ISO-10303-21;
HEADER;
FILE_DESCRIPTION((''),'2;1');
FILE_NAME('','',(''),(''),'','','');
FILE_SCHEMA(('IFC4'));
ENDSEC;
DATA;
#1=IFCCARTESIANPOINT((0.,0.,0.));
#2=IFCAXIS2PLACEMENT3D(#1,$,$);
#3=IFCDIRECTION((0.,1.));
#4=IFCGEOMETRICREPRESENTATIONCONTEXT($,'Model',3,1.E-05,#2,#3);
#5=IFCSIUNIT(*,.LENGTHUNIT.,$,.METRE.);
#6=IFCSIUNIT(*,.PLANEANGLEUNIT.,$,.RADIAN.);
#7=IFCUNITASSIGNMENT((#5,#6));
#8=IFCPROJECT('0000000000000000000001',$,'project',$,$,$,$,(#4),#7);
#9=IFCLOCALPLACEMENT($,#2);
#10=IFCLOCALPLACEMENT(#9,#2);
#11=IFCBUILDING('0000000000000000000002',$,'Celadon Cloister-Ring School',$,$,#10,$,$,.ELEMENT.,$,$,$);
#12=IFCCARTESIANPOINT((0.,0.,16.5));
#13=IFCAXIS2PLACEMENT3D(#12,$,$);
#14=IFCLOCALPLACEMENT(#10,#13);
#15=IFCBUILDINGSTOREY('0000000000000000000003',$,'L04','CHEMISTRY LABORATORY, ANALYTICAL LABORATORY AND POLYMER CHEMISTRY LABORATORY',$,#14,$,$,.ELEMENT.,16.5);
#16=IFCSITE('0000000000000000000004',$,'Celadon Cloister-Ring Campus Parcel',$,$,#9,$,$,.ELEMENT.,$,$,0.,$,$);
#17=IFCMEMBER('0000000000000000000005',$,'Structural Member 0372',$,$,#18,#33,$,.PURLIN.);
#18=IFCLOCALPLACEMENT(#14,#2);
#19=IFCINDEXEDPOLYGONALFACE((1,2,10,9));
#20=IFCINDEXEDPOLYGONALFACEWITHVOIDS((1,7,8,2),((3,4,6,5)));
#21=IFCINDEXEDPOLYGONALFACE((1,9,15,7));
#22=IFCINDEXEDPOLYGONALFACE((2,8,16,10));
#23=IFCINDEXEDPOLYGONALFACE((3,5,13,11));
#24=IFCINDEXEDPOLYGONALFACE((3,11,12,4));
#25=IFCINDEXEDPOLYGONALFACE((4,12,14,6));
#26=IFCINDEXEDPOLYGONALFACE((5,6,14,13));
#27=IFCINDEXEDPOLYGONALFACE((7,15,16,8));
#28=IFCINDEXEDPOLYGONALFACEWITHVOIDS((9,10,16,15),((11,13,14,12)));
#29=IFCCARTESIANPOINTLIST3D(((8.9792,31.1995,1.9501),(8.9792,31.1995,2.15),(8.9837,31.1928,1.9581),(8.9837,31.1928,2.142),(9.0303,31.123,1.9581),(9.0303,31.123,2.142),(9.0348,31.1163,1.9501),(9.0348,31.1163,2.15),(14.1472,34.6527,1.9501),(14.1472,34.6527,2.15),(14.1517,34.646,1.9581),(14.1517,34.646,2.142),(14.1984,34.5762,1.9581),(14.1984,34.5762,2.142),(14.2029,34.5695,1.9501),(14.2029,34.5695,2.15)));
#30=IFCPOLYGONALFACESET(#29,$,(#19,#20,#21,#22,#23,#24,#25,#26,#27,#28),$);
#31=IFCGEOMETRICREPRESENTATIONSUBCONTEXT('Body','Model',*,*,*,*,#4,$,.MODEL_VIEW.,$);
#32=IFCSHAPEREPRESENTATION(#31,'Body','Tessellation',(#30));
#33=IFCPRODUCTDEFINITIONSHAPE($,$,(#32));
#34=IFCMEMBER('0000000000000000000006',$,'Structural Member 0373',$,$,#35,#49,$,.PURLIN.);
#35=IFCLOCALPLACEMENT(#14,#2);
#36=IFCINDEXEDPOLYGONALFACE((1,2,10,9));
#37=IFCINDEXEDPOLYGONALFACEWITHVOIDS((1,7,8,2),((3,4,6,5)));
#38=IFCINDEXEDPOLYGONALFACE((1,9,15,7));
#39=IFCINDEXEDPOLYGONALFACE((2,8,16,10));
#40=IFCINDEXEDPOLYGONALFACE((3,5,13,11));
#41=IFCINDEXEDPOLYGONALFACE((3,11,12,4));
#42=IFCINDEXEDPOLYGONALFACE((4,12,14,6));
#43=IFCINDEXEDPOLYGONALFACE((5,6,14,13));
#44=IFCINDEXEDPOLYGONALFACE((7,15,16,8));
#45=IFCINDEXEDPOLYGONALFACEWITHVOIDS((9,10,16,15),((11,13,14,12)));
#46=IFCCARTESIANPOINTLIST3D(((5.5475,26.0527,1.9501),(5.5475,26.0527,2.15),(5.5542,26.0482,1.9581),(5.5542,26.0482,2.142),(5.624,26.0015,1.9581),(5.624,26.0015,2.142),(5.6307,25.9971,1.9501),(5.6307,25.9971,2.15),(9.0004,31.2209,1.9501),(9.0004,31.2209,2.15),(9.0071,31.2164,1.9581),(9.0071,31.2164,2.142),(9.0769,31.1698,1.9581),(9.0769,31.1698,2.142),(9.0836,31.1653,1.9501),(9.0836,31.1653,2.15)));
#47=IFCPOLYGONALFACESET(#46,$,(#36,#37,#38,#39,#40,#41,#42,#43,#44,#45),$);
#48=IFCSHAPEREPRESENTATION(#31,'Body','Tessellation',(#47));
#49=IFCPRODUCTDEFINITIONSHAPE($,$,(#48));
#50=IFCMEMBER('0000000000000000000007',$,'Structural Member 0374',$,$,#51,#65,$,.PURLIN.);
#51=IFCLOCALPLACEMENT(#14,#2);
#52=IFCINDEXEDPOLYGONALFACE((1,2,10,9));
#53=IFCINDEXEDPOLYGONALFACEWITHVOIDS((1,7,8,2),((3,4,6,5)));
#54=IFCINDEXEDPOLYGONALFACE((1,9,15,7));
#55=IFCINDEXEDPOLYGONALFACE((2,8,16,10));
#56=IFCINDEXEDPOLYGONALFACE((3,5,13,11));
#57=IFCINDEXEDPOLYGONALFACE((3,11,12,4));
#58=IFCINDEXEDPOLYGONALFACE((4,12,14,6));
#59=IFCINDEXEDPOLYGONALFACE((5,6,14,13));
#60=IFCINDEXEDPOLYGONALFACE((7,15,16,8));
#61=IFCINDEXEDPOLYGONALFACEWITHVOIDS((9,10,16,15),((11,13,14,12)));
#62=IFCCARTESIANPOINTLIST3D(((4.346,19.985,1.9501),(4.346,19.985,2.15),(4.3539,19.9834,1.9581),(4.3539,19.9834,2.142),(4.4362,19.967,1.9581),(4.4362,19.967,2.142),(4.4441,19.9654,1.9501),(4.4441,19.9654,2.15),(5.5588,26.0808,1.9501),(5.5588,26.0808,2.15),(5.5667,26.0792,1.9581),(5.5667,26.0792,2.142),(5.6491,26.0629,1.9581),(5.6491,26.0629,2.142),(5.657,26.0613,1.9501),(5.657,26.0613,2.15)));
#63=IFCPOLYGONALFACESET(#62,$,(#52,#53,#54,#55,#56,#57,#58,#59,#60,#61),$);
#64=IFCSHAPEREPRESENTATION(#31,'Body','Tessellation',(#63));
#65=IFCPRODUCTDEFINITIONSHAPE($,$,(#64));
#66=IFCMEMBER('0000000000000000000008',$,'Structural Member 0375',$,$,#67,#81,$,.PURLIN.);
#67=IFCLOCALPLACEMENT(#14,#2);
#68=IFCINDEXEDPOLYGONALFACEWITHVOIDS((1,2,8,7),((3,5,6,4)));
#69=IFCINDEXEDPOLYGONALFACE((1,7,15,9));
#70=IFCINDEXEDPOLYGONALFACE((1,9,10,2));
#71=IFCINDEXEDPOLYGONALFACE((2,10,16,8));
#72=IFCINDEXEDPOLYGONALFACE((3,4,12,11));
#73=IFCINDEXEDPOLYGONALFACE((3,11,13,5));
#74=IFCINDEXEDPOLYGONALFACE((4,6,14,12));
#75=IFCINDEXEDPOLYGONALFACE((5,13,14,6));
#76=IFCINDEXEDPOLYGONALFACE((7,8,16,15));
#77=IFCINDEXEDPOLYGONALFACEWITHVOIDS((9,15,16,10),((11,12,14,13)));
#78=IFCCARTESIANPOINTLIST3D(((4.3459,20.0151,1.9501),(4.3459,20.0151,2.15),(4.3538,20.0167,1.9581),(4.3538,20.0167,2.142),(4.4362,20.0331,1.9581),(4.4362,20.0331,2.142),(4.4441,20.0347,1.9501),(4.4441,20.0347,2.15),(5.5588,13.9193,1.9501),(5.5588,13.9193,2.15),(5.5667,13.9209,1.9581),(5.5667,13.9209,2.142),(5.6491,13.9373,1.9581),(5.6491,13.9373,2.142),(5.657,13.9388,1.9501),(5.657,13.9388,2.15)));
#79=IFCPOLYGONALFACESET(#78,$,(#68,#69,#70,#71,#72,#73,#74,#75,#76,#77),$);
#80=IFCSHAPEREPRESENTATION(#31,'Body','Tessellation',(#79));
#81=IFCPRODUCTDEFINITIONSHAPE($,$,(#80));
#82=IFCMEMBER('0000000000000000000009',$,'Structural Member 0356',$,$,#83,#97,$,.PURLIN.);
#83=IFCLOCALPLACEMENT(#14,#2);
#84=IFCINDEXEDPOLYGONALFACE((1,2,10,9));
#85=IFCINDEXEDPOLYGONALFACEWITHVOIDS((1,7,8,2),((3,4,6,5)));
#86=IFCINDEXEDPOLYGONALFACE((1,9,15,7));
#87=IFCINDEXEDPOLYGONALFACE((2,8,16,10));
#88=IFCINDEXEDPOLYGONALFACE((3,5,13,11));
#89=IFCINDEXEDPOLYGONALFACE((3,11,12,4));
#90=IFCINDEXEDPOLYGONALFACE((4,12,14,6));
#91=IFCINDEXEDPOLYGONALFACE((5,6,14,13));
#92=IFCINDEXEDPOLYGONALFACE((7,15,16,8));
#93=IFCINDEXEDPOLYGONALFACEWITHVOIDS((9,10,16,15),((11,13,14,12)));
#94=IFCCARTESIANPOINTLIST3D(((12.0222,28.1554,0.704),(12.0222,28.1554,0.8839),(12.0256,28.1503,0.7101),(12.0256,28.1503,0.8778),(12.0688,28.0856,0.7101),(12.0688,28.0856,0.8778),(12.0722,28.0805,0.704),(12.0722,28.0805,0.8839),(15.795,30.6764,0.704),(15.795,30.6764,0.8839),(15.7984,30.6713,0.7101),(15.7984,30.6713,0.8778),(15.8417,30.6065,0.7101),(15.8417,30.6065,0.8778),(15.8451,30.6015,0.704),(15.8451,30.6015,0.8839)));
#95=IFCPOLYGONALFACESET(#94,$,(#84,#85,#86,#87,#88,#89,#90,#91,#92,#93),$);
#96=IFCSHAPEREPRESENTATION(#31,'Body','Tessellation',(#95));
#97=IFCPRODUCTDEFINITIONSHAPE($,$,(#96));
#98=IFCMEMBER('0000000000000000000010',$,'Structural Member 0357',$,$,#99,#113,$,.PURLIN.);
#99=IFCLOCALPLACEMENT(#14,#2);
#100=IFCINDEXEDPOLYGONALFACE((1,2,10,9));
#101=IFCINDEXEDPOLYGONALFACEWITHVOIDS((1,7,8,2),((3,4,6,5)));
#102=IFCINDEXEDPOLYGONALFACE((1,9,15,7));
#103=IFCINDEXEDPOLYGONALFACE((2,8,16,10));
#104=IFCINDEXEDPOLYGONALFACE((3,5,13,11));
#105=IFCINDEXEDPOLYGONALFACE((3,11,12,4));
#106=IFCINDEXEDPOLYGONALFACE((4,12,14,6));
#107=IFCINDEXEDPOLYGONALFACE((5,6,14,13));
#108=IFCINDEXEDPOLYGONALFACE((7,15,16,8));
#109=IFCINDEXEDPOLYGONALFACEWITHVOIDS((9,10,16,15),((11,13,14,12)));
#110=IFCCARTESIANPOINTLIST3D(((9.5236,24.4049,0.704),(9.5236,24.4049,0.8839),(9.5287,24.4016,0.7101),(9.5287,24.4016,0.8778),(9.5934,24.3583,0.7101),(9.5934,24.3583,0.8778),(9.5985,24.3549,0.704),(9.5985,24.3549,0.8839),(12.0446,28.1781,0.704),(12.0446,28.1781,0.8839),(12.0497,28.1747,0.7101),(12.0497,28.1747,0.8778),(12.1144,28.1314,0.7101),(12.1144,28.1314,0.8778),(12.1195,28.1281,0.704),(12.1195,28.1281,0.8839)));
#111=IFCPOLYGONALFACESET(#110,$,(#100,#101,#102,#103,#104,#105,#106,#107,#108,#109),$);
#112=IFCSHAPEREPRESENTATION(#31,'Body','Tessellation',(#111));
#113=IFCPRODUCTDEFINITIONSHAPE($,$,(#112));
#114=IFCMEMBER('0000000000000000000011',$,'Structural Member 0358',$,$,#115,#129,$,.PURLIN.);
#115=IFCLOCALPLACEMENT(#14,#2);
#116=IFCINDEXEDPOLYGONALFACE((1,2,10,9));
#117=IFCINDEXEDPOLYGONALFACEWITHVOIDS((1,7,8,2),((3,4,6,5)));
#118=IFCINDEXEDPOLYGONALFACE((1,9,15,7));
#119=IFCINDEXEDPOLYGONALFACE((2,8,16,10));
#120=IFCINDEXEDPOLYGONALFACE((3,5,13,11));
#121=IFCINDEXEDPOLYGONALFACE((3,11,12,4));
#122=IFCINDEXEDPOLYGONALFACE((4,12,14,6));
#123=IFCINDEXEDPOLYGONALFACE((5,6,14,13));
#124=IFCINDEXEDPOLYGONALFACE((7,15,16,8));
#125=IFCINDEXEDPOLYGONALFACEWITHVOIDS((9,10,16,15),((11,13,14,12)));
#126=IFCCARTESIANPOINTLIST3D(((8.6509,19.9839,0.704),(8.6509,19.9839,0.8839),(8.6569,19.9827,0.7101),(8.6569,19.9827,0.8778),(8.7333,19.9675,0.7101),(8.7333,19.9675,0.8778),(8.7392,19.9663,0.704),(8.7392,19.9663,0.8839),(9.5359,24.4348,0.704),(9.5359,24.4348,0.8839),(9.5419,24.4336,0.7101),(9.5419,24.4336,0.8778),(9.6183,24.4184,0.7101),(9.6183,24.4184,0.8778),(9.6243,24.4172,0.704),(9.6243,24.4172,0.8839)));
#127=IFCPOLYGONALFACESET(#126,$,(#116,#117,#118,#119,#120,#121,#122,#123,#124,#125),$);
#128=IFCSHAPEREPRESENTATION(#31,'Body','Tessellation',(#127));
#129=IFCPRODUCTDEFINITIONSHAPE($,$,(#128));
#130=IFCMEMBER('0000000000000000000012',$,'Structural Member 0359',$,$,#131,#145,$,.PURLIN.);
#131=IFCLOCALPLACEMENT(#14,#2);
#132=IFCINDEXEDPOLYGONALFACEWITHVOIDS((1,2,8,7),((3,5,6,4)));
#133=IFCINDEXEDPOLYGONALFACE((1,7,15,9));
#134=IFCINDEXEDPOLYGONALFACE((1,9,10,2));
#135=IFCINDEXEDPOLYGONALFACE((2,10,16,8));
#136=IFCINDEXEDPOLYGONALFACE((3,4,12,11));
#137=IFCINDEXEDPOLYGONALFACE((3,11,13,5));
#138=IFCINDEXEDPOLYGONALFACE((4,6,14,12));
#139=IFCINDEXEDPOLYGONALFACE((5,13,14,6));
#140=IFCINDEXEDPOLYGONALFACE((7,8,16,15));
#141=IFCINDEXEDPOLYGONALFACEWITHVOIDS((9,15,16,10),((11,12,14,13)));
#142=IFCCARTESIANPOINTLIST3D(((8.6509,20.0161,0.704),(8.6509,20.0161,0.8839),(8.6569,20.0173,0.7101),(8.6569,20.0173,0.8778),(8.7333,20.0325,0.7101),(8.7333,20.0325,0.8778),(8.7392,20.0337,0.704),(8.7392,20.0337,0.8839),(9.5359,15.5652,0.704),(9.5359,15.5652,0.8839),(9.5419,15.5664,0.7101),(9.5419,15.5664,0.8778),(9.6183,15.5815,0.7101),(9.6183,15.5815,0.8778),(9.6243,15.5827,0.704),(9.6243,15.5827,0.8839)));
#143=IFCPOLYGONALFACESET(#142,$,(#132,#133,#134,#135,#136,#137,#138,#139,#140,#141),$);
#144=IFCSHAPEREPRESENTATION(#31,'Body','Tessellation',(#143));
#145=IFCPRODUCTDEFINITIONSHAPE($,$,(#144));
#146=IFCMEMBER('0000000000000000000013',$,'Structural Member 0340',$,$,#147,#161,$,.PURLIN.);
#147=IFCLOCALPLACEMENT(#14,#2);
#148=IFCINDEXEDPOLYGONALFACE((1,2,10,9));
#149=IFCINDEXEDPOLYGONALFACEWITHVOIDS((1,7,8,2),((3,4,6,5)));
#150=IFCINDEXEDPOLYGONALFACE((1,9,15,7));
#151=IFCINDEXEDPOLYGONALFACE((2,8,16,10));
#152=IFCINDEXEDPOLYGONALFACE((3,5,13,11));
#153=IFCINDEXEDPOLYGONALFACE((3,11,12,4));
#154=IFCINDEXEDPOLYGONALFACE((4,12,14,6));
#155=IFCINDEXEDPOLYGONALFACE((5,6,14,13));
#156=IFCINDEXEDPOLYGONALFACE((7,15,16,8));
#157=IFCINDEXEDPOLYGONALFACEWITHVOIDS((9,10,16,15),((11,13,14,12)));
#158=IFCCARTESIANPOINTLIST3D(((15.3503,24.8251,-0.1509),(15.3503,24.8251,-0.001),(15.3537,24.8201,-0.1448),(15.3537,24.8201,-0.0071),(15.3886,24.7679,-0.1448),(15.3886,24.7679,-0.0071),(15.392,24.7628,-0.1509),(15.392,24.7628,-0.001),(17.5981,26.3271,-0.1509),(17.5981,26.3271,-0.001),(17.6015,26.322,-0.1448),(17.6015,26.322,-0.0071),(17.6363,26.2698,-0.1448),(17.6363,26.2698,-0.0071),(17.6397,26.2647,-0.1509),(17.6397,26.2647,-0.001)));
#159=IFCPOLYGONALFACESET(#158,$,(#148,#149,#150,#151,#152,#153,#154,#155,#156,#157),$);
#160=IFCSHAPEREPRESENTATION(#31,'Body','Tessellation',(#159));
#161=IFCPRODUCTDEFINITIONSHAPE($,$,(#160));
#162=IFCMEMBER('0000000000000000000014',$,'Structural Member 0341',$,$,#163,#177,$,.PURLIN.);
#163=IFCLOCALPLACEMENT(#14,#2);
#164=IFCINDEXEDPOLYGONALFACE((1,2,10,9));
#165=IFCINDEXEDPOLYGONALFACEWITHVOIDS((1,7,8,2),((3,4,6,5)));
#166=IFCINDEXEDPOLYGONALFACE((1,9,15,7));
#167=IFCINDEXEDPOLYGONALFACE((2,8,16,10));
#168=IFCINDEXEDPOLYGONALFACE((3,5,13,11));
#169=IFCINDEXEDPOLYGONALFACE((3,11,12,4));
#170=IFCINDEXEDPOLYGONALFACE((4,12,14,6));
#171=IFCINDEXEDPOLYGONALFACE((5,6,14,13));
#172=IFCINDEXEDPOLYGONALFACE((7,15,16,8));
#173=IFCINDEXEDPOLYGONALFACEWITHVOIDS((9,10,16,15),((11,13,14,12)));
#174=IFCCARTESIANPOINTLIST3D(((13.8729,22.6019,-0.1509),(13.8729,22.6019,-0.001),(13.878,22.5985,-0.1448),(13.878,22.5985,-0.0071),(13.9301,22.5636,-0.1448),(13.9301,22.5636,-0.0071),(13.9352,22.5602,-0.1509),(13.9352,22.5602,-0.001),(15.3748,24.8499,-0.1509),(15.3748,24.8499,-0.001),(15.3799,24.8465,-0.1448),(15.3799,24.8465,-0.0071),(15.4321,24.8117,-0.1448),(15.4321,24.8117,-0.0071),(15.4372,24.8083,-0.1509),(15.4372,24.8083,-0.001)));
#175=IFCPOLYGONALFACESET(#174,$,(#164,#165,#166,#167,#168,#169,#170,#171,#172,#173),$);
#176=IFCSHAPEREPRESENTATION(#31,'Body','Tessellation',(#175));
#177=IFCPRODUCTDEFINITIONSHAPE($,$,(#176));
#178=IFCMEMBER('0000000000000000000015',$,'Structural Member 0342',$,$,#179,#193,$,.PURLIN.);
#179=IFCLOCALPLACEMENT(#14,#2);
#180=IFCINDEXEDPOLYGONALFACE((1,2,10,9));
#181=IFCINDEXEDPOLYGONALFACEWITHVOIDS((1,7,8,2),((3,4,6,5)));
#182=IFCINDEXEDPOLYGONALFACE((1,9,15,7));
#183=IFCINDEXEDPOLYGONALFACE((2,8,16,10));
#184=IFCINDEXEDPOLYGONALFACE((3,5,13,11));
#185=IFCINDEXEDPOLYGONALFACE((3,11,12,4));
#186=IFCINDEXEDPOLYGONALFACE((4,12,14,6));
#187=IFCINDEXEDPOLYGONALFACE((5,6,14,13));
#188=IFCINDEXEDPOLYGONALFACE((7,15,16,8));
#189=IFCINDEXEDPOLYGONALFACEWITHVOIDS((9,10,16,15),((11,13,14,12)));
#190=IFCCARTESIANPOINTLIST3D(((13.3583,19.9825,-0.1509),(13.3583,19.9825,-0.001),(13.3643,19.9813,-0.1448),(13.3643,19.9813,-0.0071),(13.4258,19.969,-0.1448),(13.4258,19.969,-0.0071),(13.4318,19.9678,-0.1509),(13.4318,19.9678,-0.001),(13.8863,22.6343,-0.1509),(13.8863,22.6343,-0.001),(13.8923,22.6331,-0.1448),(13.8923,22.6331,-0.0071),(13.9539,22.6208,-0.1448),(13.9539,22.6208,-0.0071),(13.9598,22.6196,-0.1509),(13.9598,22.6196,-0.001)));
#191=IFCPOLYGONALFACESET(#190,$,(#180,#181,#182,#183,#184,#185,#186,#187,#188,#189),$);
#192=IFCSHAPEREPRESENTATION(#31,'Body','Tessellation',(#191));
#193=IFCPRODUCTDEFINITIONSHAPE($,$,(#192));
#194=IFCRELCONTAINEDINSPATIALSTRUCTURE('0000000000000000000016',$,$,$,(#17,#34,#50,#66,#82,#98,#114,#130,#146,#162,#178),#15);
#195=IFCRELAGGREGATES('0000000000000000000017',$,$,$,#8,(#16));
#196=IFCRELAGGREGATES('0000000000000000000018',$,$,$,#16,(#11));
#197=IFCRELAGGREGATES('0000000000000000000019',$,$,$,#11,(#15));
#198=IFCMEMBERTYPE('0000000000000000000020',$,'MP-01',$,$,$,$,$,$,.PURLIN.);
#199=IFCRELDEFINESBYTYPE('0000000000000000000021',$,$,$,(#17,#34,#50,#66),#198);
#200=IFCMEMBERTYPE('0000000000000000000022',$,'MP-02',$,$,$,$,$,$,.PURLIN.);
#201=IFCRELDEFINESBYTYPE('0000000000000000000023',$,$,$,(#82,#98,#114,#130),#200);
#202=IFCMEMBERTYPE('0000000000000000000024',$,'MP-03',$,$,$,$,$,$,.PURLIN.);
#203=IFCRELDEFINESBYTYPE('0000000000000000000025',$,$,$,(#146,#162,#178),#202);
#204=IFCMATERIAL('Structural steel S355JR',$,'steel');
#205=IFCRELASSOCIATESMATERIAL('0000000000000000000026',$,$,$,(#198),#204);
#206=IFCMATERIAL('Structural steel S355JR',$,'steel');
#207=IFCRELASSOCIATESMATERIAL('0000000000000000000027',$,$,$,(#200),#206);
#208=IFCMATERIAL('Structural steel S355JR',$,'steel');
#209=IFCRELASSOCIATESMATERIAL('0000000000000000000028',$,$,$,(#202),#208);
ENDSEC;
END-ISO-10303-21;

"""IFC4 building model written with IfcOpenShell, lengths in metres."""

from ifc_helpers import new_model, si_unit, direction, frame, origin, origin_2d, place, context, subcontext, project, spatial, hollow_rectangle, extrude, material, material_profile, profile_set, type_object, element, save


model = new_model("IFC4")

# Units and contexts
model_context = context("Model", 3, precision=1e-05, world=origin(), true_north=direction((0.0, 1.0)))
body_context = subcontext(model_context, "Body", "Model", "MODEL_VIEW")
ifc_project = project(units=[si_unit("LENGTHUNIT", "METRE"), si_unit("PLANEANGLEUNIT", "RADIAN")], contexts=[model_context])

# Site, building, storey
site_placement = place(None, origin())
site = spatial("IfcSite", under=ifc_project, at=site_placement, Name="Celadon Cloister-Ring Campus Parcel", CompositionType="ELEMENT", RefElevation=0.0)
building_placement = place(site_placement, origin())
building = spatial("IfcBuilding", under=site, at=building_placement, Name="Celadon Cloister-Ring School", CompositionType="ELEMENT")
storey_placement = place(building_placement, frame((0.0, 0.0, 16.5)))
storey = spatial("IfcBuildingStorey", under=building, at=storey_placement, Name="L04", Description="CHEMISTRY LABORATORY, ANALYTICAL LABORATORY AND POLYMER CHEMISTRY LABORATORY", CompositionType="ELEMENT", Elevation=16.5)

# Members
ifc_material_1 = material(Name="Structural steel S355JR", Category="steel")
ifc_material_profile_1 = material_profile(ifc_material_1, hollow_rectangle(XDim=0.1001, YDim=0.2, WallThickness=0.0081, at=origin_2d()), Name="HSS200X100X8")
ifc_profile_set_1 = profile_set([ifc_material_profile_1], Name="Structural steel S355JR")
member_type_1 = type_object("IfcMemberType", Name="MP-01", PredefinedType="PURLIN", material=ifc_profile_set_1)
for number, where, z_axis, x_axis, name in (
    (1, (14.175, 34.6111, 2.05), (-0.83147, -0.55557, 0.0), (0.55557, -0.83147, 0.0), "Structural Member 0372"),
    (2, (9.042, 31.1931, 2.05), (-0.555525, -0.8315, 0.0), (0.8315, -0.555525, 0.0), "Structural Member 0373"),
):
    element("IfcMember", number, at=place(storey_placement, frame(where, z_axis=z_axis, x_axis=x_axis)), inside=storey, type_object=member_type_1, Name=name, PredefinedType="PURLIN", context=body_context, shape_type="SweptSolid", body=[
        extrude(hollow_rectangle(XDim=0.1001, YDim=0.2, WallThickness=0.0081, at=origin_2d()), origin(), (0.0, 0.0, 1.0), 6.2156),
    ])
for number, where, z_axis, x_axis, name in (
    (3, (5.6079, 26.071, 2.05), (-0.195142, -0.980775, 0.0), (0.980775, -0.195142, 0.0), "Structural Member 0374"),
    (4, (4.395, 20.0249, 2.05), (0.195142, -0.980775, 0.0), (0.980775, 0.195142, 0.0), "Structural Member 0375"),
):
    element("IfcMember", number, at=place(storey_placement, frame(where, z_axis=z_axis, x_axis=x_axis)), inside=storey, type_object=member_type_1, Name=name, PredefinedType="PURLIN", context=body_context, shape_type="SweptSolid", body=[
        extrude(hollow_rectangle(XDim=0.1001, YDim=0.2, WallThickness=0.0081, at=origin_2d()), origin(), (0.0, 0.0, 1.0), 6.2153),
    ])
ifc_material_2 = material(Name="Structural steel S355JR", Category="steel")
ifc_material_profile_2 = material_profile(ifc_material_2, hollow_rectangle(XDim=0.0901, YDim=0.1799, WallThickness=0.0061, at=origin_2d()), Name="HSS180X90X6")
ifc_profile_set_2 = profile_set([ifc_material_profile_2], Name="Structural steel S355JR")
member_type_2 = type_object("IfcMemberType", Name="MP-02", PredefinedType="PURLIN", material=ifc_profile_set_2)
member_1_placement = place(storey_placement, frame((15.8201, 30.6389, 0.7939), z_axis=(-0.83147, -0.555569, 0.0), x_axis=(0.555569, -0.83147, 0.0)))
element("IfcMember", 5, at=member_1_placement, inside=storey, type_object=member_type_2, Name="Structural Member 0356", PredefinedType="PURLIN", context=body_context, shape_type="SweptSolid", body=[
    extrude(hollow_rectangle(XDim=0.0901, YDim=0.1799, WallThickness=0.0061, at=origin_2d()), origin(), (0.0, 0.0, 1.0), 4.5376),
])
member_2_placement = place(storey_placement, frame((12.082, 28.1531, 0.7939), z_axis=(-0.555544, -0.831487, 0.0), x_axis=(0.831487, -0.555544, 0.0)))
element("IfcMember", 6, at=member_2_placement, inside=storey, type_object=member_type_2, Name="Structural Member 0357", PredefinedType="PURLIN", context=body_context, shape_type="SweptSolid", body=[
    extrude(hollow_rectangle(XDim=0.0901, YDim=0.1799, WallThickness=0.0061, at=origin_2d()), origin(), (0.0, 0.0, 1.0), 4.5378),
])
for number, where, z_axis, x_axis, name in (
    (7, (9.5801, 24.426, 0.7939), (-0.195019, -0.980799, 0.0), (0.980799, -0.195019, 0.0), "Structural Member 0358"),
    (8, (8.6951, 20.0249, 0.7939), (0.195019, -0.980799, 0.0), (0.980799, 0.195019, 0.0), "Structural Member 0359"),
):
    element("IfcMember", number, at=place(storey_placement, frame(where, z_axis=z_axis, x_axis=x_axis)), inside=storey, type_object=member_type_2, Name=name, PredefinedType="PURLIN", context=body_context, shape_type="SweptSolid", body=[
        extrude(hollow_rectangle(XDim=0.0901, YDim=0.1799, WallThickness=0.0061, at=origin_2d()), origin(), (0.0, 0.0, 1.0), 4.5381),
    ])
ifc_material_3 = material(Name="Structural steel S355JR", Category="steel")
ifc_material_profile_3 = material_profile(ifc_material_3, hollow_rectangle(XDim=0.075, YDim=0.1499, WallThickness=0.0061, at=origin_2d()), Name="HSS150X75X6")
ifc_profile_set_3 = profile_set([ifc_material_profile_3], Name="Structural steel S355JR")
member_type_3 = type_object("IfcMemberType", Name="MP-03", PredefinedType="PURLIN", material=ifc_profile_set_3)
member_3_placement = place(storey_placement, frame((17.6189, 26.2959, -0.0759), z_axis=(-0.831466, -0.555575, 0.0), x_axis=(0.555575, -0.831466, 0.0)))
element("IfcMember", 9, at=member_3_placement, inside=storey, type_object=member_type_3, Name="Structural Member 0340", PredefinedType="PURLIN", context=body_context, shape_type="SweptSolid", body=[
    extrude(hollow_rectangle(XDim=0.075, YDim=0.1499, WallThickness=0.0061, at=origin_2d()), origin(), (0.0, 0.0, 1.0), 2.7034),
])
member_4_placement = place(storey_placement, frame((15.406, 24.8291, -0.0759), z_axis=(-0.555533, -0.831494, 0.0), x_axis=(0.831494, -0.555533, 0.0)))
element("IfcMember", 10, at=member_4_placement, inside=storey, type_object=member_type_3, Name="Structural Member 0341", PredefinedType="PURLIN", context=body_context, shape_type="SweptSolid", body=[
    extrude(hollow_rectangle(XDim=0.075, YDim=0.1499, WallThickness=0.0061, at=origin_2d()), origin(), (0.0, 0.0, 1.0), 2.7036),
])
for number, where, z_axis, x_axis, name in (
    (11, (13.9231, 22.627, -0.0759), (-0.1953, -0.980744, 0.0), (0.980744, -0.1953, 0.0), "Structural Member 0342"),
):
    element("IfcMember", number, at=place(storey_placement, frame(where, z_axis=z_axis, x_axis=x_axis)), inside=storey, type_object=member_type_3, Name=name, PredefinedType="PURLIN", context=body_context, shape_type="SweptSolid", body=[
        extrude(hollow_rectangle(XDim=0.075, YDim=0.1499, WallThickness=0.0061, at=origin_2d()), origin(), (0.0, 0.0, 1.0), 2.7039),
    ])

save(model, "model.ifc")
